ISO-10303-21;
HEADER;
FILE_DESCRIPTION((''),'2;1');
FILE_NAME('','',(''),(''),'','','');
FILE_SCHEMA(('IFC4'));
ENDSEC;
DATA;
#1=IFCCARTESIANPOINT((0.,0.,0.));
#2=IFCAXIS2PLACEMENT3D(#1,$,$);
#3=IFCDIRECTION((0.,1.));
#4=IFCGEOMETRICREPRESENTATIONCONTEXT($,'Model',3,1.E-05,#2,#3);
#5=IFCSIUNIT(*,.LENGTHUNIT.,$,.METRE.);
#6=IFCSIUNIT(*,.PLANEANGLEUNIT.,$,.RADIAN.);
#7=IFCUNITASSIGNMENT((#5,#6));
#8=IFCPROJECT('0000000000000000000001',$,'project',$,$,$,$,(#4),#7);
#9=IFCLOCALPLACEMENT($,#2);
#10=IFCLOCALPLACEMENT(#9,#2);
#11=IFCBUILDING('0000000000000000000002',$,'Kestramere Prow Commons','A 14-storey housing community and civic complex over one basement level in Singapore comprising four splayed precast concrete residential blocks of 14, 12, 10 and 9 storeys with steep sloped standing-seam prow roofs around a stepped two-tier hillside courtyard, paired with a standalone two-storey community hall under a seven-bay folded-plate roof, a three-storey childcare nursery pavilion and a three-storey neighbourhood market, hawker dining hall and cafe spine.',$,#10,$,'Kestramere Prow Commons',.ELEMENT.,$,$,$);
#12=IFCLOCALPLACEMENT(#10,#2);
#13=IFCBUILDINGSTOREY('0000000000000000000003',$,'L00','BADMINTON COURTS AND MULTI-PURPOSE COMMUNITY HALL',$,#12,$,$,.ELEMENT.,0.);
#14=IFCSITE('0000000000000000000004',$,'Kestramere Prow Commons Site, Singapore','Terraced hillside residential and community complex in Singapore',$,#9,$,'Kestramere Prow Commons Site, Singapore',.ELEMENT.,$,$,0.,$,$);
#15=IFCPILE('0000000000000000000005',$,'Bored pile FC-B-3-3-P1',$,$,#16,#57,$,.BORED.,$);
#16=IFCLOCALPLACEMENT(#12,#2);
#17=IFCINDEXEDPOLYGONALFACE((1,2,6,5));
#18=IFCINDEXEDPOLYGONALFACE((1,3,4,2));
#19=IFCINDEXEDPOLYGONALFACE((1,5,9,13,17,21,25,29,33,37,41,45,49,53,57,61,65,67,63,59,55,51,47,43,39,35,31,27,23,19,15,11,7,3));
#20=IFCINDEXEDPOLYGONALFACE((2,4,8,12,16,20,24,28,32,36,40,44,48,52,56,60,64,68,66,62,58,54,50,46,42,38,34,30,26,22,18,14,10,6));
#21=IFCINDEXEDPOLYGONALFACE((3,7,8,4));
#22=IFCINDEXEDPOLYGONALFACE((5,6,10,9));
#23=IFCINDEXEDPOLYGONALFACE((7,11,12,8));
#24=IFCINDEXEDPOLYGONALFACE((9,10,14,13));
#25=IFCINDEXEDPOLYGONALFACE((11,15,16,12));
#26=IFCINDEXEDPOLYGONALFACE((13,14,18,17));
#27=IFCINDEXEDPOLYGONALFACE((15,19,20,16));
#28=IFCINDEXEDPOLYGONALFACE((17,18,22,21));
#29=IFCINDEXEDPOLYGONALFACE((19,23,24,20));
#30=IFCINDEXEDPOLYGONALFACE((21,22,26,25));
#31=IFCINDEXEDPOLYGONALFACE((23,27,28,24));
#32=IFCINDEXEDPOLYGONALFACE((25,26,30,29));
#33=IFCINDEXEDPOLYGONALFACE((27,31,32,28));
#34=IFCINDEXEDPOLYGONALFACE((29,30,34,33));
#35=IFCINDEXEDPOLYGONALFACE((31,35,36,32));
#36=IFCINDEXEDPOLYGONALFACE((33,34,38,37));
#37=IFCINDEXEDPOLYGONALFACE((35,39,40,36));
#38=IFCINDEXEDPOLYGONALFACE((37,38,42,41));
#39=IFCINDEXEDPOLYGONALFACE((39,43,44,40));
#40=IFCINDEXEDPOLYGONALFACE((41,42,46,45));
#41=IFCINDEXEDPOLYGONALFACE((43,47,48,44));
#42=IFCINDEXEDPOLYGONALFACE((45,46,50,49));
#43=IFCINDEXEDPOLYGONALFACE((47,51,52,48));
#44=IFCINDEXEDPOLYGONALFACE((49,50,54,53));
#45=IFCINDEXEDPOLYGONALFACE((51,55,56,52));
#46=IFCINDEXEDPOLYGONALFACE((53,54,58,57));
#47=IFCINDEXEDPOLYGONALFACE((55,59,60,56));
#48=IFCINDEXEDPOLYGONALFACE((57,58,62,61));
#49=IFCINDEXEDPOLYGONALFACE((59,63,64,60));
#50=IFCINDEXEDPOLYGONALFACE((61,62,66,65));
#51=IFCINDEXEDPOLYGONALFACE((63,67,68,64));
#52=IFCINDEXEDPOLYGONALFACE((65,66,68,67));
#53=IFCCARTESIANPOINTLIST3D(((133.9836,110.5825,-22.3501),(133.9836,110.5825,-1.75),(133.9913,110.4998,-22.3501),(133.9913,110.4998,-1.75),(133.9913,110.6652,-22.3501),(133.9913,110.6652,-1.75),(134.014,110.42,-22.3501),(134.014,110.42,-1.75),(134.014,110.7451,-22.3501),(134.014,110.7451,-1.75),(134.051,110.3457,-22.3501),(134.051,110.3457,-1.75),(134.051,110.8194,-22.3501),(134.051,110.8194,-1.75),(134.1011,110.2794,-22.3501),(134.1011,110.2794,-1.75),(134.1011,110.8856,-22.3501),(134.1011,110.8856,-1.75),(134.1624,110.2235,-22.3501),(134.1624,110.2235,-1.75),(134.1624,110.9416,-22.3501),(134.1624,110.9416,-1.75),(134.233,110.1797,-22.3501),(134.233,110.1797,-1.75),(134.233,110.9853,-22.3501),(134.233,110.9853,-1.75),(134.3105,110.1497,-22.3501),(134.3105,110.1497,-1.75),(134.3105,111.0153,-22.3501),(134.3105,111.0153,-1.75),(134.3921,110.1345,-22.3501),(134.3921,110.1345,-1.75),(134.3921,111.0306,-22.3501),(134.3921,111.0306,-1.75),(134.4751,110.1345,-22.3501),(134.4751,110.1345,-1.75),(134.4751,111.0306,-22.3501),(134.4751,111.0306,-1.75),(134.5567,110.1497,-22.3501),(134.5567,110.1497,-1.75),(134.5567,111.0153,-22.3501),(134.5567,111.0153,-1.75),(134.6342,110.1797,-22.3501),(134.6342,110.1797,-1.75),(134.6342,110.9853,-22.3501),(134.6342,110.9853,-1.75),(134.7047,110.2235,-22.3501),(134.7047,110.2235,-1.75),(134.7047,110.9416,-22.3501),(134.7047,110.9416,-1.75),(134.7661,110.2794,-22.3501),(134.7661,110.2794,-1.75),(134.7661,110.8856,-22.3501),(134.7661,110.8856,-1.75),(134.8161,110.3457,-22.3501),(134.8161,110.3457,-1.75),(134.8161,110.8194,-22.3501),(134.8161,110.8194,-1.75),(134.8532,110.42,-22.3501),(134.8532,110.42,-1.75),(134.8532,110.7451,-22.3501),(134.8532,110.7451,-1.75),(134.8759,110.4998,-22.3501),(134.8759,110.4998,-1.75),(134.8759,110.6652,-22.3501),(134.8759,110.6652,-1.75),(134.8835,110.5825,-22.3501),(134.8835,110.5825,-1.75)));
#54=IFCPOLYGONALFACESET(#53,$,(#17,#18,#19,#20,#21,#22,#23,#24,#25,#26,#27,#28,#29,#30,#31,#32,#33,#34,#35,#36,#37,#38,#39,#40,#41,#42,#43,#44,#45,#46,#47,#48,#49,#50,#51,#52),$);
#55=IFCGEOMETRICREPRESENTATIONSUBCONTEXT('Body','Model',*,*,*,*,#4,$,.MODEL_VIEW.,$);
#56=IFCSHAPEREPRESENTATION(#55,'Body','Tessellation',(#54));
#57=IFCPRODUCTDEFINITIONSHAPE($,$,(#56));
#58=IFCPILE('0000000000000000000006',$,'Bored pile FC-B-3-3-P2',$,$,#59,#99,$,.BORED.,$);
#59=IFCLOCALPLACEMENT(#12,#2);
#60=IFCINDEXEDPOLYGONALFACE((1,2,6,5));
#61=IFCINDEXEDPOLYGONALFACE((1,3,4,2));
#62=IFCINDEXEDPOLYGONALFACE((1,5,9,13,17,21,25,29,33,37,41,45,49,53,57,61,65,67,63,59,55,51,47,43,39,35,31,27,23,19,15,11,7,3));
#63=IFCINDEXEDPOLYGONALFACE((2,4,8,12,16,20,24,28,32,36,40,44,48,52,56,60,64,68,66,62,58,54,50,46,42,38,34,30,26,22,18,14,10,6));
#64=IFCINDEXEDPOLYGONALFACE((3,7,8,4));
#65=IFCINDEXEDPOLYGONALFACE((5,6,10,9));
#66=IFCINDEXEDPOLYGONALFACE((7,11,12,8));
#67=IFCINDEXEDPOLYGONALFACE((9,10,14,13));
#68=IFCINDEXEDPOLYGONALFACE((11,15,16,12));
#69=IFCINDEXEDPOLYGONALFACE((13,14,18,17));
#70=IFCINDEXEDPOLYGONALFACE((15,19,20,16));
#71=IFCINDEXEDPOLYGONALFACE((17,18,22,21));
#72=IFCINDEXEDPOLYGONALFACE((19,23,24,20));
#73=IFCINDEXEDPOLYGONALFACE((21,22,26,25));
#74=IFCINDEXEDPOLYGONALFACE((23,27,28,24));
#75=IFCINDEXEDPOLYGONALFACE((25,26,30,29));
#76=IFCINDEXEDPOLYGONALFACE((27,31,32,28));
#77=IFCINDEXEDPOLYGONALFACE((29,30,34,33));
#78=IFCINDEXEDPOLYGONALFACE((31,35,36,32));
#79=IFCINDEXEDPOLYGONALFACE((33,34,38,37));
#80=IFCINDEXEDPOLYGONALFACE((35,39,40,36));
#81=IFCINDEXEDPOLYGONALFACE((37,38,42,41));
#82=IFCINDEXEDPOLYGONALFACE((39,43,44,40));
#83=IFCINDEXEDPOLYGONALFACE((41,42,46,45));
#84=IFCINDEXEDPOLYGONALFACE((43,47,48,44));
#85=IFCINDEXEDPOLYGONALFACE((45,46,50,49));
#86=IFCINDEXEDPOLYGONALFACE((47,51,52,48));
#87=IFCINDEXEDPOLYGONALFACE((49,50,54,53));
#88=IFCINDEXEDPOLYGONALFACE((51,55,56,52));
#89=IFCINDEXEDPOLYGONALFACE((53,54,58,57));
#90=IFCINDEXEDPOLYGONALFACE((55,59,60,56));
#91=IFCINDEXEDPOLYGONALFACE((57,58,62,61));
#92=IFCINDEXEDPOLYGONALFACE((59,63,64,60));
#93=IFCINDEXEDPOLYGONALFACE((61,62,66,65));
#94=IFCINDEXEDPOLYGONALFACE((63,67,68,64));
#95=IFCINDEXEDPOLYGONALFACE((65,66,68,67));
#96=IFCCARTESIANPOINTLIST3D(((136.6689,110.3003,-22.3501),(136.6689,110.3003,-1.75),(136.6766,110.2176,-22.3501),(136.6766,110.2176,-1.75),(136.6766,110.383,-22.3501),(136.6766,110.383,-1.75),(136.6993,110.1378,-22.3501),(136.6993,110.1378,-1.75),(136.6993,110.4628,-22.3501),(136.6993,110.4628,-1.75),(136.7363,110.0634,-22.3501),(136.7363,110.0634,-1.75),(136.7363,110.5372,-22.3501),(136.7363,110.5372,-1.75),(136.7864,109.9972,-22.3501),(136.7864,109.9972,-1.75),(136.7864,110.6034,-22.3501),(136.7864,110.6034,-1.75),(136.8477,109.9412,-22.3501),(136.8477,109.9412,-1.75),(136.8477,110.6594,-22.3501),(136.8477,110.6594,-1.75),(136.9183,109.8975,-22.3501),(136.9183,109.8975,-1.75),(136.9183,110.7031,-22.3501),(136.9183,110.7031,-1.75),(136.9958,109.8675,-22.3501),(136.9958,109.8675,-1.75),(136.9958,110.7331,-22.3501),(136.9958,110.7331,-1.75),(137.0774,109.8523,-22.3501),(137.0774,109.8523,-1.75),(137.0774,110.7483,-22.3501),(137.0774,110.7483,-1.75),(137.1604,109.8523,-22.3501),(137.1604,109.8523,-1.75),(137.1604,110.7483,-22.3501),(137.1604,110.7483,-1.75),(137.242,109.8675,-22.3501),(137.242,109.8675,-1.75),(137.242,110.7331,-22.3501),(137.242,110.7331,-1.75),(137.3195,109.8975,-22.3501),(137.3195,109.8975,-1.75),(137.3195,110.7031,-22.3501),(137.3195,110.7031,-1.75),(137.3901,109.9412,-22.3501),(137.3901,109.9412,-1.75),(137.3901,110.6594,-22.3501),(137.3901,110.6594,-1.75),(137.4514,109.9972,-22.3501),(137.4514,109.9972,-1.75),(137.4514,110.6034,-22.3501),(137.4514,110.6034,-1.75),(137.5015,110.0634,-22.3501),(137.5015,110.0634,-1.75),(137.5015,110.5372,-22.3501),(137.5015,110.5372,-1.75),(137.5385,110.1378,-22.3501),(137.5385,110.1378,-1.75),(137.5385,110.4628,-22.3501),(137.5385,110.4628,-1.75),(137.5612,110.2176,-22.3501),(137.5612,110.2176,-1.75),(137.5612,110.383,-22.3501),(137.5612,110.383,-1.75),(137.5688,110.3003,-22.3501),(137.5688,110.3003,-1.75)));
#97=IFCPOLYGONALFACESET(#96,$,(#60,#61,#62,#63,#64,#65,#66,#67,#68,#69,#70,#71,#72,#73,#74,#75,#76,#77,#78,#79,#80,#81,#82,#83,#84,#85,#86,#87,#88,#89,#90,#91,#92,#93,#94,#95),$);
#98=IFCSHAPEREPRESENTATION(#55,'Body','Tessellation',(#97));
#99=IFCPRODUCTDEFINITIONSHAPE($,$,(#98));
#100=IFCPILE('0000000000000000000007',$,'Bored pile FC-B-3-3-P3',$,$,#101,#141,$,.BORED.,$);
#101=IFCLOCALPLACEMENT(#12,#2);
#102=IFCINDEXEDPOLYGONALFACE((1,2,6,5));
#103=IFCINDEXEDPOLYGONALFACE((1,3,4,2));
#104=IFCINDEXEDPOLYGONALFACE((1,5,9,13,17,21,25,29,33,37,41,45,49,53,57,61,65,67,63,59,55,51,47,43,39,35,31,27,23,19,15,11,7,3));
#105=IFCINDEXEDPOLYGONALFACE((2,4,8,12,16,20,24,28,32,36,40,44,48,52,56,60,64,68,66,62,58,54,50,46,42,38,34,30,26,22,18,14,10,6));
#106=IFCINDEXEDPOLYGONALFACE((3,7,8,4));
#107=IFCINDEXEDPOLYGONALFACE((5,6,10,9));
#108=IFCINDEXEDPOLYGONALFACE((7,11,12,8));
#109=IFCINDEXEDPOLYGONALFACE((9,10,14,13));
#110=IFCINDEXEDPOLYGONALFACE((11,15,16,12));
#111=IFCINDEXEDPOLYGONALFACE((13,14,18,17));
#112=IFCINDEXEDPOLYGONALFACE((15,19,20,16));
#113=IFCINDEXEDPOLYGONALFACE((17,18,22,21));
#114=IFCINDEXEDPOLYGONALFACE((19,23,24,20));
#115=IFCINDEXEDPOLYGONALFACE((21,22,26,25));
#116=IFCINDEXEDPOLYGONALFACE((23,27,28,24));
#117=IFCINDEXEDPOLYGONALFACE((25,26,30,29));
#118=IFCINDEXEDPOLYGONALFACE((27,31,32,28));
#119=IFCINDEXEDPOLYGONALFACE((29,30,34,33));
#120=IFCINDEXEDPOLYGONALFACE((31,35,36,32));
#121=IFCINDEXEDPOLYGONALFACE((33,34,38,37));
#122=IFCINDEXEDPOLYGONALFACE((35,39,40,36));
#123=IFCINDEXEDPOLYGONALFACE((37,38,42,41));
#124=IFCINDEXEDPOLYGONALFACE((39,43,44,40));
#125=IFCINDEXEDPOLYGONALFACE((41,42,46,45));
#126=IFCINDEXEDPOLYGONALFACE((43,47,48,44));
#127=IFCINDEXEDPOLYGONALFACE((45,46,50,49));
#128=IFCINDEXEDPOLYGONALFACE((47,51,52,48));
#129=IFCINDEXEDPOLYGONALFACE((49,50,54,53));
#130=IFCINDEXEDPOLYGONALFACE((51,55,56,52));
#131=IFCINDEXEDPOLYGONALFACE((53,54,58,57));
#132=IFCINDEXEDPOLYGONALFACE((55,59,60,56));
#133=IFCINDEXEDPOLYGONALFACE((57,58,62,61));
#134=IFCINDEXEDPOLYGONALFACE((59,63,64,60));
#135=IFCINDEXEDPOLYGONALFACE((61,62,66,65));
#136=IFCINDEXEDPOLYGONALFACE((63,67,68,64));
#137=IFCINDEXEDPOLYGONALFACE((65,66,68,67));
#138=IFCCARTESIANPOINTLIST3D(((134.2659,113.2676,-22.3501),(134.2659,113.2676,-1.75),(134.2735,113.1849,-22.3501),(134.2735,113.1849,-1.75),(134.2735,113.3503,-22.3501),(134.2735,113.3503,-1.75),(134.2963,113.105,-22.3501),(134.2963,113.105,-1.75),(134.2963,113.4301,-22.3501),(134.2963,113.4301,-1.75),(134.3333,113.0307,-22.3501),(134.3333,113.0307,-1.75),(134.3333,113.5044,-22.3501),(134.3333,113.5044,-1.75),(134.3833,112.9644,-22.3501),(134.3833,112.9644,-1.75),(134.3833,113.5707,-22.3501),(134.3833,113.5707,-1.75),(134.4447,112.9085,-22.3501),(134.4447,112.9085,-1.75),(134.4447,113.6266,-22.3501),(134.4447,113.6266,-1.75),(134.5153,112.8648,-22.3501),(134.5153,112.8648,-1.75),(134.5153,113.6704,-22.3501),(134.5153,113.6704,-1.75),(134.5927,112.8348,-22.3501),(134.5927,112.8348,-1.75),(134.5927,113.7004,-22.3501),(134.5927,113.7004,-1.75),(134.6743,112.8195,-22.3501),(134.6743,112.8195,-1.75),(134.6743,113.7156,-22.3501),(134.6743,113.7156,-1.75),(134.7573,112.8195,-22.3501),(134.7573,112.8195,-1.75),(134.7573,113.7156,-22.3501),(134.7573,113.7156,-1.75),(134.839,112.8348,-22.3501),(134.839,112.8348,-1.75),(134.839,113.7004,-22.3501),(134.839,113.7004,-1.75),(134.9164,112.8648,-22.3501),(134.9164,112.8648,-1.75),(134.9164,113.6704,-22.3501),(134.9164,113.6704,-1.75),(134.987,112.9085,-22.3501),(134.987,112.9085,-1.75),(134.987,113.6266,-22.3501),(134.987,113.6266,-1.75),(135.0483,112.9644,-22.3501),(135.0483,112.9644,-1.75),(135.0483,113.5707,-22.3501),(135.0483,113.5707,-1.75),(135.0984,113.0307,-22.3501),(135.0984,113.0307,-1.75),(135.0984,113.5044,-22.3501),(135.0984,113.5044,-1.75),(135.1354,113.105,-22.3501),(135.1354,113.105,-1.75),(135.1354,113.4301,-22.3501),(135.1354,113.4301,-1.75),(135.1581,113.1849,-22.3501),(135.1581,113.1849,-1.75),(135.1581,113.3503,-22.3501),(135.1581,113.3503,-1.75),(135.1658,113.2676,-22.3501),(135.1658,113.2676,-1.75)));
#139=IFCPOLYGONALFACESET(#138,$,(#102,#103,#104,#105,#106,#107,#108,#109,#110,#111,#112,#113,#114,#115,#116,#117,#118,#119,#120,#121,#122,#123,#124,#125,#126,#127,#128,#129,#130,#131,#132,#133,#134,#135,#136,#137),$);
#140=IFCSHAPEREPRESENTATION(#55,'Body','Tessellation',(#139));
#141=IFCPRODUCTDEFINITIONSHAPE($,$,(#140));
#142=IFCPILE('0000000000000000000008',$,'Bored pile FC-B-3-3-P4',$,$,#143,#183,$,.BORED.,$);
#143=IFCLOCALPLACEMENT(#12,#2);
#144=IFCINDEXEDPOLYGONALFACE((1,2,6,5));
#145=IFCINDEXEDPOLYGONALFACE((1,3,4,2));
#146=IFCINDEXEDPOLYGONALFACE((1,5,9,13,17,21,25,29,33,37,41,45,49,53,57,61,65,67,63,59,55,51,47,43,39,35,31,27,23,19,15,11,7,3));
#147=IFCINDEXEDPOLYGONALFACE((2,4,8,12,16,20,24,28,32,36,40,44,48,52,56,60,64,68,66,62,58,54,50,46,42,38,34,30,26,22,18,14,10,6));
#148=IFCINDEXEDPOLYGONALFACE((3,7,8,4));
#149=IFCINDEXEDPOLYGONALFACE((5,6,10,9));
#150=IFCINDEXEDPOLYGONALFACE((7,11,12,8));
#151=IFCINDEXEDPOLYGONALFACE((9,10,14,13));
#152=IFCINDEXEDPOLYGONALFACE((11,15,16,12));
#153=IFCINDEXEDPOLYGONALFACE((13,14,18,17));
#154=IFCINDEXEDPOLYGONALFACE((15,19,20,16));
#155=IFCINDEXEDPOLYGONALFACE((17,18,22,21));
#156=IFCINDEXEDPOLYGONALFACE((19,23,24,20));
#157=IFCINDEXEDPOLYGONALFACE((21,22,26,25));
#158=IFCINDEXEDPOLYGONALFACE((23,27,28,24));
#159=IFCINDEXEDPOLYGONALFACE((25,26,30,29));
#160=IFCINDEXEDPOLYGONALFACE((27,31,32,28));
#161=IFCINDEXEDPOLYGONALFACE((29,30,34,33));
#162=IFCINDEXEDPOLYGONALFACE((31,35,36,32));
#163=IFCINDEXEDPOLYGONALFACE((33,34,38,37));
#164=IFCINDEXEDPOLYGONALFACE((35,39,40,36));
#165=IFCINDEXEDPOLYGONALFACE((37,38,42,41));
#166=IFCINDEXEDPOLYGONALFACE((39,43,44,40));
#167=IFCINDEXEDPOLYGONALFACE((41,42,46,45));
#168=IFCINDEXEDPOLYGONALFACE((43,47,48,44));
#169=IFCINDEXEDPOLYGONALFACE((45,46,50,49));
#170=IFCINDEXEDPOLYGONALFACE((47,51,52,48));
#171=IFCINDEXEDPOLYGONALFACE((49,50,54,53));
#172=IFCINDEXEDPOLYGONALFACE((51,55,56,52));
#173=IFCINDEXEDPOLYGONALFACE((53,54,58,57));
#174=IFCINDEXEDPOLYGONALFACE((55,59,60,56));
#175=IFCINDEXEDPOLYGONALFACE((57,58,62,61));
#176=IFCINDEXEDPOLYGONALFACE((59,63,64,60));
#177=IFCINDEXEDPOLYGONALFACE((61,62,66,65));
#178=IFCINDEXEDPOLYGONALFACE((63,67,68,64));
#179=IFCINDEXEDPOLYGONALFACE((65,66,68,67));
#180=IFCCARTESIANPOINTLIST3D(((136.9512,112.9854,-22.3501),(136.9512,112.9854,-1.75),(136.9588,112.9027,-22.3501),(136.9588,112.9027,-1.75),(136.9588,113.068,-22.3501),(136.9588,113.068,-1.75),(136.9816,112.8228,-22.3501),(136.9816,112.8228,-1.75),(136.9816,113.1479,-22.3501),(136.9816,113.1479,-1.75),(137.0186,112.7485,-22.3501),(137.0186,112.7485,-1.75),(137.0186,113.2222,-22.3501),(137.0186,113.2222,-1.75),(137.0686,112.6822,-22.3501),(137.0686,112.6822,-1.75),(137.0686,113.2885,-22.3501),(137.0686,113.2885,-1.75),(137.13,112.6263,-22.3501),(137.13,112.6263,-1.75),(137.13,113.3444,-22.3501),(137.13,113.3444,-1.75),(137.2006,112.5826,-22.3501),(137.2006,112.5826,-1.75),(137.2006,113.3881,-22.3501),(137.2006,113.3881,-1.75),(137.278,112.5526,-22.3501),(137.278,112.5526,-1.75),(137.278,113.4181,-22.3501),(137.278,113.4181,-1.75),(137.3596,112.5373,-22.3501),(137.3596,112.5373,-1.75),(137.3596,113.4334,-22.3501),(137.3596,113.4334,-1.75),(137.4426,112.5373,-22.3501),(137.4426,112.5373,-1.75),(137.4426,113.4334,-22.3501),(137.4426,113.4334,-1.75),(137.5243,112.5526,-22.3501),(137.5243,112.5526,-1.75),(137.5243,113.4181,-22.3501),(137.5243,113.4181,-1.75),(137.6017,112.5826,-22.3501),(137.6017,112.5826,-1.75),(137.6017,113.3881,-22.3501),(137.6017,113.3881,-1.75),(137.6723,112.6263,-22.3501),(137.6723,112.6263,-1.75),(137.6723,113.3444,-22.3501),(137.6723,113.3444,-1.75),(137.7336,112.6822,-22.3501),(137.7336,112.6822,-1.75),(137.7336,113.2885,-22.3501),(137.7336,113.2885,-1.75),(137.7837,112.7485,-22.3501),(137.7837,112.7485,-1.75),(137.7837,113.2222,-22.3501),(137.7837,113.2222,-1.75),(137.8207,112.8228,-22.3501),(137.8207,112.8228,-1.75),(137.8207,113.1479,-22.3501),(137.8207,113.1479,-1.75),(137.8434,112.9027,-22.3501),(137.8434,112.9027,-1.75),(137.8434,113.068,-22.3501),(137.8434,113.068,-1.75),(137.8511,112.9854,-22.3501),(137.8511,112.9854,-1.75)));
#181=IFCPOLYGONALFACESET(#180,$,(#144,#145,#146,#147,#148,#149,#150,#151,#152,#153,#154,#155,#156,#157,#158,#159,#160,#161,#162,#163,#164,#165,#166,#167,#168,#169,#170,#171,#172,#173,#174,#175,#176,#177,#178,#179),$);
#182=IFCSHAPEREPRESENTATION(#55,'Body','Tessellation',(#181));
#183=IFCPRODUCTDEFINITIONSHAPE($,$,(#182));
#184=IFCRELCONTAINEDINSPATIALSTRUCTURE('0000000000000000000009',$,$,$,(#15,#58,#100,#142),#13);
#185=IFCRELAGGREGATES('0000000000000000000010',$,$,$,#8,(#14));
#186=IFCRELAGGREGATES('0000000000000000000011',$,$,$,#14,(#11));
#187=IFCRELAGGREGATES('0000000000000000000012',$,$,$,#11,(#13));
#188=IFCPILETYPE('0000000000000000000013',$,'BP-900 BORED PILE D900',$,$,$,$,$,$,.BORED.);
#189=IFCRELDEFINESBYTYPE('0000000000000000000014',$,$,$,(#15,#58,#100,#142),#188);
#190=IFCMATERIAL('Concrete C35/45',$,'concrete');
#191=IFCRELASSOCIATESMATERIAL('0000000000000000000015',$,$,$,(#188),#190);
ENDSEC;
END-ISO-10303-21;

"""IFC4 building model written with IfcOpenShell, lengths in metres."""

from ifc_helpers import new_model, si_unit, direction, frame, origin, origin_2d, place, context, subcontext, project, spatial, circle, extrude, material, material_profile, profile_set, type_object, element, save


model = new_model("IFC4")

# Units and contexts
model_context = context("Model", 3, precision=1e-05, world=origin(), true_north=direction((0.0, 1.0)))
body_context = subcontext(model_context, "Body", "Model", "MODEL_VIEW")
ifc_project = project(units=[si_unit("LENGTHUNIT", "METRE"), si_unit("PLANEANGLEUNIT", "RADIAN")], contexts=[model_context])

# Site, building, storey
site_placement = place(None, origin())
site = spatial("IfcSite", under=ifc_project, at=site_placement, Name="Kestramere Prow Commons Site, Singapore", Description="Terraced hillside residential and community complex in Singapore", LongName="Kestramere Prow Commons Site, Singapore", CompositionType="ELEMENT", RefElevation=0.0)
building_placement = place(site_placement, origin())
building = spatial("IfcBuilding", under=site, at=building_placement, Name="Kestramere Prow Commons", Description="A 14-storey housing community and civic complex over one basement level in Singapore comprising four splayed precast concrete residential blocks of 14, 12, 10 and 9 storeys with steep sloped standing-seam prow roofs around a stepped two-tier hillside courtyard, paired with a standalone two-storey community hall under a seven-bay folded-plate roof, a three-storey childcare nursery pavilion and a three-storey neighbourhood market, hawker dining hall and cafe spine.", LongName="Kestramere Prow Commons", CompositionType="ELEMENT")
storey_placement = place(building_placement, origin())
storey = spatial("IfcBuildingStorey", under=building, at=storey_placement, Name="L00", Description="BADMINTON COURTS AND MULTI-PURPOSE COMMUNITY HALL", CompositionType="ELEMENT", Elevation=0.0)

# Piles
ifc_material_1 = material(Name="Concrete C35/45", Category="concrete")
ifc_material_profile_1 = material_profile(ifc_material_1, circle(Radius=0.45, at=origin_2d()), Name="BORED PILE D900")
ifc_profile_set_1 = profile_set([ifc_material_profile_1], Name="Concrete C35/45")
pile_type = type_object("IfcPileType", Name="BP-900 BORED PILE D900", PredefinedType="BORED", material=ifc_profile_set_1)
for number, where, z_axis, x_axis, name in (
    (1, (134.4336, 110.5825, -1.75), (0.0, 0.0, -1.0), (1.0, 0.0, 0.0), "Bored pile FC-B-3-3-P1"),
    (2, (137.1189, 110.3003, -1.75), (0.0, 0.0, -1.0), (1.0, 0.0, 0.0), "Bored pile FC-B-3-3-P2"),
    (3, (134.7158, 113.2676, -1.75), (0.0, 0.0, -1.0), (1.0, 0.0, 0.0), "Bored pile FC-B-3-3-P3"),
    (4, (137.4011, 112.9854, -1.75), (0.0, 0.0, -1.0), (1.0, 0.0, 0.0), "Bored pile FC-B-3-3-P4"),
):
    element("IfcPile", number, at=place(storey_placement, frame(where, z_axis=z_axis, x_axis=x_axis)), inside=storey, type_object=pile_type, Name=name, PredefinedType="BORED", context=body_context, shape_type="SweptSolid", body=[
        extrude(circle(Radius=0.45, at=origin_2d()), origin(), (0.0, 0.0, 1.0), 20.6001),
    ])

save(model, "model.ifc")
